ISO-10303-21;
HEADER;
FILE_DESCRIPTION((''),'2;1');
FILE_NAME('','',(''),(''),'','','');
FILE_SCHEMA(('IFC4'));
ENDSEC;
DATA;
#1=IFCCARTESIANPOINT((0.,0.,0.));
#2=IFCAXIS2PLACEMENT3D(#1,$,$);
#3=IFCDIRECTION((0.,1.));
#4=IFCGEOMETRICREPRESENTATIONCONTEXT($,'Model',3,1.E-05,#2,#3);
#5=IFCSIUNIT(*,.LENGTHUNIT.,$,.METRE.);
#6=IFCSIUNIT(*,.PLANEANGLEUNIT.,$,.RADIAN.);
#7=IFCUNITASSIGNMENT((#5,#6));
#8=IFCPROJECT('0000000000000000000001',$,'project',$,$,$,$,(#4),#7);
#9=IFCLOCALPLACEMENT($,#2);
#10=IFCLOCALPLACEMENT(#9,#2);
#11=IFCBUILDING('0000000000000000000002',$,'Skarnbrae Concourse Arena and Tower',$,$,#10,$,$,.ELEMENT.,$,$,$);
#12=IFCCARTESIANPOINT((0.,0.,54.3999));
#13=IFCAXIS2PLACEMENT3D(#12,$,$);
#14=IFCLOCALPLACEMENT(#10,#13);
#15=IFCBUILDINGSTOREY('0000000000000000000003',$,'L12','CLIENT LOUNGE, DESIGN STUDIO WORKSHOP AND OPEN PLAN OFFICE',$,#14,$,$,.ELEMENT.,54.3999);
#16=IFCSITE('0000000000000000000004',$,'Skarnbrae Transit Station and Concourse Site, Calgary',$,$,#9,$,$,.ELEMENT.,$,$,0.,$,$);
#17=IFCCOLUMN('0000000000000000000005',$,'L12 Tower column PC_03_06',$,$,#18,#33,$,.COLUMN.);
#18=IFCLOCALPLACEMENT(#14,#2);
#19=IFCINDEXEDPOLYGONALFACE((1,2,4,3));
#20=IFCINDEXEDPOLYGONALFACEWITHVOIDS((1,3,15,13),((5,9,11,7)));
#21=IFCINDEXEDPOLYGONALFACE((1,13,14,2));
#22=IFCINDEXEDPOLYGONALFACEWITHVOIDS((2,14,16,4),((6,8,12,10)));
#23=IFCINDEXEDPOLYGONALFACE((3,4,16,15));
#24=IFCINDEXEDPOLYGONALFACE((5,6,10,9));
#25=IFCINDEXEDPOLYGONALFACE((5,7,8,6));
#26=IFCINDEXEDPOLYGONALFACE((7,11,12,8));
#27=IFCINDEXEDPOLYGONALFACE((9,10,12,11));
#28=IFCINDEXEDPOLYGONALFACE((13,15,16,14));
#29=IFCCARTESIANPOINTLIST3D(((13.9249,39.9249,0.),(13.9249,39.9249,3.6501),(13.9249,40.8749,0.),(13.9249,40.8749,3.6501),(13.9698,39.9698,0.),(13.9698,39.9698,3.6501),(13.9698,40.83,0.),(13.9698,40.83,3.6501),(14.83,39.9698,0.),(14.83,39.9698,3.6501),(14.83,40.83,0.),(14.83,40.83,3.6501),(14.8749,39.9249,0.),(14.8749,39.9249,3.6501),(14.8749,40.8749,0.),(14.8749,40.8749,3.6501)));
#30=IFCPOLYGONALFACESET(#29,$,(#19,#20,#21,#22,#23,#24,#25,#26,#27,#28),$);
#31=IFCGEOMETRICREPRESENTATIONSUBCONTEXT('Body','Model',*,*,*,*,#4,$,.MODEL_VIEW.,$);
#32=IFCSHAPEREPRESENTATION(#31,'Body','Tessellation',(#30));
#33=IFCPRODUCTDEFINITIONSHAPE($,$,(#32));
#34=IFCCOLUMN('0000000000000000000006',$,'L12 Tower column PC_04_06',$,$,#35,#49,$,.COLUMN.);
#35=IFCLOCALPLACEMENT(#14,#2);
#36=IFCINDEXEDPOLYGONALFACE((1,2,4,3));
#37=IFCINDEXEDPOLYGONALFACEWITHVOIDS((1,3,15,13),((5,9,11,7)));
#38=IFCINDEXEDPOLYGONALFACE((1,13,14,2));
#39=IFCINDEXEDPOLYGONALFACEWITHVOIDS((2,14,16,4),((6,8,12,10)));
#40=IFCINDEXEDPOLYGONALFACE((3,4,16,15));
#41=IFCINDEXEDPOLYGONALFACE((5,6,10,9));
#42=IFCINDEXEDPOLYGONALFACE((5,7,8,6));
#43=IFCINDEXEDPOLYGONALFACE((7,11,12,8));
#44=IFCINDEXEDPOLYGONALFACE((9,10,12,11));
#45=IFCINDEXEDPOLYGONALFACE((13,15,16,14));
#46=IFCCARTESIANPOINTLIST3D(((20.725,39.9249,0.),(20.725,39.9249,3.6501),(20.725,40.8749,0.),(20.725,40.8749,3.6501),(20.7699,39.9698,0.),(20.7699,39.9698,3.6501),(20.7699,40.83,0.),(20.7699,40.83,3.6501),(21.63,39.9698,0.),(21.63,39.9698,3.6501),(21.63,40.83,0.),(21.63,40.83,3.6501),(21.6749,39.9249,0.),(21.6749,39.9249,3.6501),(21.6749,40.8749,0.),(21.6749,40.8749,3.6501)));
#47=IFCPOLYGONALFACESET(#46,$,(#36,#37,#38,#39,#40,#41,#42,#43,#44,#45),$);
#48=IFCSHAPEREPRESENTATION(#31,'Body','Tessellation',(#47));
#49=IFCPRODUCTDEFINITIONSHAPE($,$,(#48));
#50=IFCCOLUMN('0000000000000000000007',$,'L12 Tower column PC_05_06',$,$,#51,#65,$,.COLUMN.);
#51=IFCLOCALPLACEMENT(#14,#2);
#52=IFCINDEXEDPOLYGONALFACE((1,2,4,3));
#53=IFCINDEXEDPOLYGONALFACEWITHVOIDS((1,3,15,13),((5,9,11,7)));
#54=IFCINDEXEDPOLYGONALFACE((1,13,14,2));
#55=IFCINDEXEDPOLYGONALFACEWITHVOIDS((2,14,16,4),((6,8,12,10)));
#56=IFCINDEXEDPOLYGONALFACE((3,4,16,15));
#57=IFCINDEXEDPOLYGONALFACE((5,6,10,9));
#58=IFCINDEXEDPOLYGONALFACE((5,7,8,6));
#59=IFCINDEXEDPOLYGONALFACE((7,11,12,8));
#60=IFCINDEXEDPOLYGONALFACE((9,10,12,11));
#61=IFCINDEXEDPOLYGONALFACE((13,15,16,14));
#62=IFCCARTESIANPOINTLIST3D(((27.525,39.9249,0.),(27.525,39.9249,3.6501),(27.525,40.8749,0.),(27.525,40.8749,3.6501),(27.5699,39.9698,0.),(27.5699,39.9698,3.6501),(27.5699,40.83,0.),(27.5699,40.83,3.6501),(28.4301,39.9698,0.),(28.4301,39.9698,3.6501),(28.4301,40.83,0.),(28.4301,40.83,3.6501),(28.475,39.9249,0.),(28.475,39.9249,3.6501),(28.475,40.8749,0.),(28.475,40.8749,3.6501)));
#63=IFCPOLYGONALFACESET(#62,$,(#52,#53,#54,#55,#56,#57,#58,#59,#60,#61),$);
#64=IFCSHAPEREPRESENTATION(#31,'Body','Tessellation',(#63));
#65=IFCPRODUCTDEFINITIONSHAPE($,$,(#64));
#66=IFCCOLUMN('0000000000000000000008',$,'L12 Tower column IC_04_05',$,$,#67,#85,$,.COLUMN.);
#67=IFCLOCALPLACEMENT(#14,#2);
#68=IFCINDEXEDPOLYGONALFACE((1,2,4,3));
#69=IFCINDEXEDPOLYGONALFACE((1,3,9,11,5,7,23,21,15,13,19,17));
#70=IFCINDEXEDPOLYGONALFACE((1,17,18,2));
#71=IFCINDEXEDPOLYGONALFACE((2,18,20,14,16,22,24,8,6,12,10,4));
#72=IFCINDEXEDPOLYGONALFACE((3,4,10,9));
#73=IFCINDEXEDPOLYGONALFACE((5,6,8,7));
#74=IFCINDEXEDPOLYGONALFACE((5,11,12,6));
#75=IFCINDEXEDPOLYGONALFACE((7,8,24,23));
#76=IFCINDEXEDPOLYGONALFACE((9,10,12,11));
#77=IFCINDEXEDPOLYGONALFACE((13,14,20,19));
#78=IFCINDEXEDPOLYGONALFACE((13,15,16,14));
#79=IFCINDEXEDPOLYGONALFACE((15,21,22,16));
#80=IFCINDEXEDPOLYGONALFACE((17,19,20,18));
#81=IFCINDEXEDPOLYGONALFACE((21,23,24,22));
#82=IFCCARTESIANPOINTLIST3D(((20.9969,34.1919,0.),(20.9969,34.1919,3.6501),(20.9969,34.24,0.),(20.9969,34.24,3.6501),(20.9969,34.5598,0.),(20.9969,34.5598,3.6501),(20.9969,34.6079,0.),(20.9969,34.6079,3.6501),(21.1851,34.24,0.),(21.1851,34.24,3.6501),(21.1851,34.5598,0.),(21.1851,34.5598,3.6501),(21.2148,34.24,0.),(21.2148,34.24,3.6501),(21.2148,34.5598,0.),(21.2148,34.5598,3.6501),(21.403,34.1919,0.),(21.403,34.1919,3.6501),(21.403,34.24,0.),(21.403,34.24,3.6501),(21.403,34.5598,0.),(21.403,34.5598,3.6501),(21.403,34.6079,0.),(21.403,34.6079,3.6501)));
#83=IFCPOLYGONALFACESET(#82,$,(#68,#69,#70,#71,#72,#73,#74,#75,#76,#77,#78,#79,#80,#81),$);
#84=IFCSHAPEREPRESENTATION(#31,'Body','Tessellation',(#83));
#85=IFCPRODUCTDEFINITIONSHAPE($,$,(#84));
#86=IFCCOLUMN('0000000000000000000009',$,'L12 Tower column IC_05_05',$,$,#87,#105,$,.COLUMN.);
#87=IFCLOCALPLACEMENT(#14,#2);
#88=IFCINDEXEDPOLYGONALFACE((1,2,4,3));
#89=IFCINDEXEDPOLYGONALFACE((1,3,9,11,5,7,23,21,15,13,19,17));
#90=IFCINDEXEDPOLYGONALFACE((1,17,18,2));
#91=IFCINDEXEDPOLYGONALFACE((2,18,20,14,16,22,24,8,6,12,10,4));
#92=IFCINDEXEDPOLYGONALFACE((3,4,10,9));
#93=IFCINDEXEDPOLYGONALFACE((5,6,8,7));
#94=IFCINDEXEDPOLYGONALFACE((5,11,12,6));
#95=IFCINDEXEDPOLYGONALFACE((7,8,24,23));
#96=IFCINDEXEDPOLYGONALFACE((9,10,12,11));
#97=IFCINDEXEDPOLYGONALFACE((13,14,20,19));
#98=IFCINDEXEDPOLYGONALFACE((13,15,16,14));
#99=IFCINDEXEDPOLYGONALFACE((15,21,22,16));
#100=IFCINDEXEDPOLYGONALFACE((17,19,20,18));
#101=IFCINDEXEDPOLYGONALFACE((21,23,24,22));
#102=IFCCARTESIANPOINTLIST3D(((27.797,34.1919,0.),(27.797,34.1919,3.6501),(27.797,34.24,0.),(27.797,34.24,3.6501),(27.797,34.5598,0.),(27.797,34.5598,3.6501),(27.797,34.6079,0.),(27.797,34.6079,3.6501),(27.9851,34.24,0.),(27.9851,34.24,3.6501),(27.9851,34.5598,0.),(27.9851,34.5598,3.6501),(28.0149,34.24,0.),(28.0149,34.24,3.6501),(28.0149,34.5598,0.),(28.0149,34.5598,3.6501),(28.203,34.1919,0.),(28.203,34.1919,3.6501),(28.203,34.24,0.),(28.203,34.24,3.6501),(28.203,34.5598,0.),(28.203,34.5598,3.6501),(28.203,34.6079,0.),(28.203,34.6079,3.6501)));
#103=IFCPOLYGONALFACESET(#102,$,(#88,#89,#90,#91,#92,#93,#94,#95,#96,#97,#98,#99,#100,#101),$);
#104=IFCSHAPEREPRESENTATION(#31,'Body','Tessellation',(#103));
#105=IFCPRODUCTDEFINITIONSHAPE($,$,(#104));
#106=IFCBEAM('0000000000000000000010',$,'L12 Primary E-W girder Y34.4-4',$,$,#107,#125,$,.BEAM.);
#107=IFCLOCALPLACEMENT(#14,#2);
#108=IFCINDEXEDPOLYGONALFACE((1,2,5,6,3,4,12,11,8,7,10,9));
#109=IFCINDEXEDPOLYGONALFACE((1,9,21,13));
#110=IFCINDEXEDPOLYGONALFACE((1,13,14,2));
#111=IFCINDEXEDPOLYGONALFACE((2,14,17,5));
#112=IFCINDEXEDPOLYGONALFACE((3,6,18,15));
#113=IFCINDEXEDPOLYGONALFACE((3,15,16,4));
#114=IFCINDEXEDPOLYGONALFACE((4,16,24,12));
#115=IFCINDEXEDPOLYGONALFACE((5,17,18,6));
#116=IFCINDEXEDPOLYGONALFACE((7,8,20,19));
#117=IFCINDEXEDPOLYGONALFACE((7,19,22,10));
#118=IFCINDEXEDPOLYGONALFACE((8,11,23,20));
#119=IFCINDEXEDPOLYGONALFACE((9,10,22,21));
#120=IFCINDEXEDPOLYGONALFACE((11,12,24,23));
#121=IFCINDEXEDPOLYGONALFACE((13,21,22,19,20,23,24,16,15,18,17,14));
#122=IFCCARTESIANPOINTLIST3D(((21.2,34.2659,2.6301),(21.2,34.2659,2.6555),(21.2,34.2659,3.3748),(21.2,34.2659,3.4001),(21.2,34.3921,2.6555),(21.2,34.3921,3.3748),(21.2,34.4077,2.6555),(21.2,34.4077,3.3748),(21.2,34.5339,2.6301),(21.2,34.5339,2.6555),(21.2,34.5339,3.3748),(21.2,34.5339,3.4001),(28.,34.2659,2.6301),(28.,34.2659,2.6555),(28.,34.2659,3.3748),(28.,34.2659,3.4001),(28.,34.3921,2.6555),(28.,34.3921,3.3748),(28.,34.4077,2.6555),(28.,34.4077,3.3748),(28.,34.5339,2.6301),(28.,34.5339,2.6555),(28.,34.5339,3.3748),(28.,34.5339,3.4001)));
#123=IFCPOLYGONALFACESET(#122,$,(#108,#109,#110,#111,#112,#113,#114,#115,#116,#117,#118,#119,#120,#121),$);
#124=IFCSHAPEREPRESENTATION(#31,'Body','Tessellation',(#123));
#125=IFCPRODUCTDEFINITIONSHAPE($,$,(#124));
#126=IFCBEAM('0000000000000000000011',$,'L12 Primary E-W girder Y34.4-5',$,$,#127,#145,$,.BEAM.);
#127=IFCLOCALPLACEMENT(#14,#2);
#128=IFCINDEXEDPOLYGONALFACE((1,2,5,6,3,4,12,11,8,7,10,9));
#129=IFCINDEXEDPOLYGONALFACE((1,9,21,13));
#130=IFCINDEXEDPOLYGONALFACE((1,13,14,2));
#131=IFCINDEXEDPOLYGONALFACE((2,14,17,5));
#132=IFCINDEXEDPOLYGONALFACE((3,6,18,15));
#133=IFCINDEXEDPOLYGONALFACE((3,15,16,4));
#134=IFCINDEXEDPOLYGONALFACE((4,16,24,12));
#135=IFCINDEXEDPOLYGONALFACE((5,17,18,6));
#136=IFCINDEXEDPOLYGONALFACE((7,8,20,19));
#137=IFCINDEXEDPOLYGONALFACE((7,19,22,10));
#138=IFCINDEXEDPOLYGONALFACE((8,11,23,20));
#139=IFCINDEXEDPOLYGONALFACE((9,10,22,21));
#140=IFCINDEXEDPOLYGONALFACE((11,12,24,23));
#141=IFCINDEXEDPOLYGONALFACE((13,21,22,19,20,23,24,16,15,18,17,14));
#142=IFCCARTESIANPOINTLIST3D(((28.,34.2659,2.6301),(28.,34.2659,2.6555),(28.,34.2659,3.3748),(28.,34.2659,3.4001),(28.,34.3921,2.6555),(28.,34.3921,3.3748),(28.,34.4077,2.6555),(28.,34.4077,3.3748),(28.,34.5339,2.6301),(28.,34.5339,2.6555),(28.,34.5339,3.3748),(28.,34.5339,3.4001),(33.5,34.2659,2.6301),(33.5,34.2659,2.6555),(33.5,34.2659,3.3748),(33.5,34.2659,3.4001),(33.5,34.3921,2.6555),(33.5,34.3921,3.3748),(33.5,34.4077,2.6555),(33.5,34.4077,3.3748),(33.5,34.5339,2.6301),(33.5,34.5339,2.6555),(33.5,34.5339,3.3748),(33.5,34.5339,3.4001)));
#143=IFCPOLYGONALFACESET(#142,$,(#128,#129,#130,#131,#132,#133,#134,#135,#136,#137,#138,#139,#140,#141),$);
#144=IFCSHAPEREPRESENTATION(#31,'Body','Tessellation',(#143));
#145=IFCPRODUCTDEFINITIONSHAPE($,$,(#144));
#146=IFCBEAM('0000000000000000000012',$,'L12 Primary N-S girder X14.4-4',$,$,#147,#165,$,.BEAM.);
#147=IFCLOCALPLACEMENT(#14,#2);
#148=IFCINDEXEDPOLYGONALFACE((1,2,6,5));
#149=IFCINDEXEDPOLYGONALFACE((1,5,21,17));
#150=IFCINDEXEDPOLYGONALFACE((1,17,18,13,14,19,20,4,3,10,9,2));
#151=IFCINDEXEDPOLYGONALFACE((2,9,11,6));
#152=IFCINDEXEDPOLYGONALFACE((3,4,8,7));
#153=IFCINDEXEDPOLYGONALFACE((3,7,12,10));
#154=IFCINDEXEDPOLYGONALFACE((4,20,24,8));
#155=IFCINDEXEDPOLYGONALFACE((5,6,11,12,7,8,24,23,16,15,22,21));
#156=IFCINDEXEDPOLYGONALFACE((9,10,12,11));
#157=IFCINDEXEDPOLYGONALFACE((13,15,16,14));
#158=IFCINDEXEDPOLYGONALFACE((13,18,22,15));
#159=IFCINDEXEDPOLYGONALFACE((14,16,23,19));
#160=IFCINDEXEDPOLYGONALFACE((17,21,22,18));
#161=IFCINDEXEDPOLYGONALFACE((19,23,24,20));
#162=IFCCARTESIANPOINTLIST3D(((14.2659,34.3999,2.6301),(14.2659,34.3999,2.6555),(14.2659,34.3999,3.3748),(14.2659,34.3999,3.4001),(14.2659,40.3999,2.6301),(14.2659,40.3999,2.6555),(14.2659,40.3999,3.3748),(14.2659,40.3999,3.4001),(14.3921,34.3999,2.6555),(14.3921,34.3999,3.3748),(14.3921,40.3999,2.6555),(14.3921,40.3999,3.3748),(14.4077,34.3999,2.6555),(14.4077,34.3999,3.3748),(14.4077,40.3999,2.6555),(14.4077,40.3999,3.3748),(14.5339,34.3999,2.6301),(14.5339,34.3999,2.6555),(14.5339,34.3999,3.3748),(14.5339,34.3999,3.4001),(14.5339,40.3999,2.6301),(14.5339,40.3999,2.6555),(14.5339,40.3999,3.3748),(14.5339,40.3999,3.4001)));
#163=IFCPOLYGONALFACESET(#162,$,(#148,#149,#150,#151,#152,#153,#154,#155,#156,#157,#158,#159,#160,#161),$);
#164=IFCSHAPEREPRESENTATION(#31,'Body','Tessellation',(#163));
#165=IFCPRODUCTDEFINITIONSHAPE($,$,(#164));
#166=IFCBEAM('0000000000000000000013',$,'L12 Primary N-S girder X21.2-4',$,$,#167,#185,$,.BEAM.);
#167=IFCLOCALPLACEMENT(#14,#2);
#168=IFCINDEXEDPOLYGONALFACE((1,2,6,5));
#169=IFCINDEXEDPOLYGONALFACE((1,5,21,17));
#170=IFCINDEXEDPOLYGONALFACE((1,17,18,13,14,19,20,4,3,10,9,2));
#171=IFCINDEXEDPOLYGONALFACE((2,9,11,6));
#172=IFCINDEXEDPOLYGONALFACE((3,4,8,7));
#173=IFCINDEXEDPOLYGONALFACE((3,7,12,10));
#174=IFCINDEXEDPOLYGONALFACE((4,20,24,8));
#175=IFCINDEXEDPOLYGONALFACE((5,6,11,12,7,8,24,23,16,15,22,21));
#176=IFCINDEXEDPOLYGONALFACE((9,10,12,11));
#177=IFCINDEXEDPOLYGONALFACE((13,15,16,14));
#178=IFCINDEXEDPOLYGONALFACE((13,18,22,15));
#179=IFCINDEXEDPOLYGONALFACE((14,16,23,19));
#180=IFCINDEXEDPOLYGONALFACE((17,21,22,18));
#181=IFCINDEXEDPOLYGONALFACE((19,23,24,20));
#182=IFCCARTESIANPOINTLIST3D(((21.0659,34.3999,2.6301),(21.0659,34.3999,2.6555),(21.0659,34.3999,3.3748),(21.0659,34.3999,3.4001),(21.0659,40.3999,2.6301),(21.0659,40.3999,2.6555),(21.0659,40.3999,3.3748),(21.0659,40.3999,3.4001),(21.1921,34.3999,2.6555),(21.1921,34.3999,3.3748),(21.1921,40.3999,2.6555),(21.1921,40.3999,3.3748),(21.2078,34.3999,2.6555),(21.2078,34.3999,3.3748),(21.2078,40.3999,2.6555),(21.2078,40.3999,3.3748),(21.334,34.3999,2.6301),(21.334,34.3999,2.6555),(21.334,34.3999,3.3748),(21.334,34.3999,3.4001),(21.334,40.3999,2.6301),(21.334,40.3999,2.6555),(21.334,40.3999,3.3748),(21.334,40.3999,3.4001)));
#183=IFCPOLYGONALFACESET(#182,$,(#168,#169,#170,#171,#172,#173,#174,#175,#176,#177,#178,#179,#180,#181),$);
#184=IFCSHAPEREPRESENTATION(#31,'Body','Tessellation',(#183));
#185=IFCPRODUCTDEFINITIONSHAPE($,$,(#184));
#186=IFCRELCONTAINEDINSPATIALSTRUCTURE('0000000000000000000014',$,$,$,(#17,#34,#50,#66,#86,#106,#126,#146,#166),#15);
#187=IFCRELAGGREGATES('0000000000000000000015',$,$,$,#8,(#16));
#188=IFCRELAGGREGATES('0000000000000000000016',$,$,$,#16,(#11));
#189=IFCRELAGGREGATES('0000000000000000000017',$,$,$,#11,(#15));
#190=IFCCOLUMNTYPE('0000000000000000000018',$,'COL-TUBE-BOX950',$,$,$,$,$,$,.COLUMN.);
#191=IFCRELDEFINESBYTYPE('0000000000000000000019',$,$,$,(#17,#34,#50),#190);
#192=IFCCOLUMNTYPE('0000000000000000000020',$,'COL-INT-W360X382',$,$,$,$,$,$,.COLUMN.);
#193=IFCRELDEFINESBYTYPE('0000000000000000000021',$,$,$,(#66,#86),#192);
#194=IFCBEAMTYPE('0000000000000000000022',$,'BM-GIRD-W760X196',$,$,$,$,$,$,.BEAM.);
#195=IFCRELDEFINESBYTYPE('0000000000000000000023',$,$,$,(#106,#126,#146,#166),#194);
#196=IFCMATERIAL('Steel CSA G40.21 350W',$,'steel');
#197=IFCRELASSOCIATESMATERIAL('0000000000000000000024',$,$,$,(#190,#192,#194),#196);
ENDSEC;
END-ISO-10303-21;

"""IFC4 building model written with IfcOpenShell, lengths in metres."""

from ifc_helpers import new_model, si_unit, direction, frame, origin, origin_2d, place, context, subcontext, project, spatial, hollow_rectangle, i_section, extrude, source, transform, mapped, material, material_profile, profile_set, type_object, element, save


model = new_model("IFC4")

# Units and contexts
model_context = context("Model", 3, precision=1e-05, world=origin(), true_north=direction((0.0, 1.0)))
body_context = subcontext(model_context, "Body", "Model", "MODEL_VIEW")
ifc_project = project(units=[si_unit("LENGTHUNIT", "METRE"), si_unit("PLANEANGLEUNIT", "RADIAN")], contexts=[model_context])

# Site, building, storey
site_placement = place(None, origin())
site = spatial("IfcSite", under=ifc_project, at=site_placement, Name="Skarnbrae Transit Station and Concourse Site, Calgary", CompositionType="ELEMENT", RefElevation=0.0)
building_placement = place(site_placement, origin())
building = spatial("IfcBuilding", under=site, at=building_placement, Name="Skarnbrae Concourse Arena and Tower", CompositionType="ELEMENT")
storey_placement = place(building_placement, frame((0.0, 0.0, 54.3999)))
storey = spatial("IfcBuildingStorey", under=building, at=storey_placement, Name="L12", Description="CLIENT LOUNGE, DESIGN STUDIO WORKSHOP AND OPEN PLAN OFFICE", CompositionType="ELEMENT", Elevation=54.3999)

# Columns
ifc_material_1 = material(Name="Steel CSA G40.21 350W", Category="steel")
ifc_material_profile_1 = material_profile(ifc_material_1, hollow_rectangle(XDim=0.95, YDim=0.95, WallThickness=0.0449, at=origin_2d()), Name="BOX950X950X45")
ifc_profile_set_1 = profile_set([ifc_material_profile_1], Name="Steel CSA G40.21 350W")
column_type_1 = type_object("IfcColumnType", Name="COL-TUBE-BOX950", PredefinedType="COLUMN", material=ifc_profile_set_1)
shared_shape_1 = source(origin(), body_context, "Body", "SweptSolid", [
    extrude(hollow_rectangle(XDim=0.95, YDim=0.95, WallThickness=0.0449, at=origin_2d()), origin(), (0.0, 0.0, 1.0), 3.6501),
])
for number, where, z_axis, x_axis, name in (
    (1, (14.3999, 40.3999, 0.0), (0.0, 0.0, 1.0), (1.0, 0.0, 0.0), "L12 Tower column PC_03_06"),
    (2, (21.2, 40.3999, 0.0), (0.0, 0.0, 1.0), (1.0, 0.0, 0.0), "L12 Tower column PC_04_06"),
    (3, (28.0, 40.3999, 0.0), (0.0, 0.0, 1.0), (1.0, 0.0, 0.0), "L12 Tower column PC_05_06"),
):
    element("IfcColumn", number, at=place(storey_placement, frame(where, z_axis=z_axis, x_axis=x_axis)), inside=storey, type_object=column_type_1, Name=name, PredefinedType="COLUMN", context=body_context, shape_type="MappedRepresentation", body=[
        mapped(shared_shape_1, transform((0.0, 0.0, 0.0))),
    ])
ifc_material_profile_2 = material_profile(ifc_material_1, i_section(OverallWidth=0.406, OverallDepth=0.416, WebThickness=0.0298, FlangeThickness=0.0481, at=origin_2d()), Name="W360X382")
ifc_profile_set_2 = profile_set([ifc_material_profile_2], Name="Steel CSA G40.21 350W")
column_type_2 = type_object("IfcColumnType", Name="COL-INT-W360X382", PredefinedType="COLUMN", material=ifc_profile_set_2)
shared_shape_2 = source(origin(), body_context, "Body", "SweptSolid", [
    extrude(i_section(OverallWidth=0.406, OverallDepth=0.416, WebThickness=0.0298, FlangeThickness=0.0481, at=origin_2d()), origin(), (0.0, 0.0, 1.0), 3.6501),
])
for number, where, z_axis, x_axis, name in (
    (4, (21.2, 34.3999, 0.0), (0.0, 0.0, 1.0), (1.0, 0.0, 0.0), "L12 Tower column IC_04_05"),
    (5, (28.0, 34.3999, 0.0), (0.0, 0.0, 1.0), (1.0, 0.0, 0.0), "L12 Tower column IC_05_05"),
):
    element("IfcColumn", number, at=place(storey_placement, frame(where, z_axis=z_axis, x_axis=x_axis)), inside=storey, type_object=column_type_2, Name=name, PredefinedType="COLUMN", context=body_context, shape_type="MappedRepresentation", body=[
        mapped(shared_shape_2, transform((0.0, 0.0, 0.0))),
    ])

# Beams
ifc_material_profile_3 = material_profile(ifc_material_1, i_section(OverallWidth=0.2681, OverallDepth=0.77, WebThickness=0.0156, FlangeThickness=0.0254, at=origin_2d()), Name="W760X196")
ifc_profile_set_3 = profile_set([ifc_material_profile_3], Name="Steel CSA G40.21 350W")
beam_type_1 = type_object("IfcBeamType", Name="BM-GIRD-W760X196", PredefinedType="BEAM", material=ifc_profile_set_3)
shared_shape_3 = source(origin(), body_context, "Body", "SweptSolid", [
    extrude(i_section(OverallWidth=0.2681, OverallDepth=0.77, WebThickness=0.0156, FlangeThickness=0.0254, at=origin_2d()), origin(), (0.0, 0.0, 1.0), 6.8),
])
beam_1_placement = place(storey_placement, frame((21.2, 34.3999, 3.0151), z_axis=(1.0, 0.0, 0.0), x_axis=(0.0, 1.0, 0.0)))
element("IfcBeam", 6, at=beam_1_placement, inside=storey, type_object=beam_type_1, Name="L12 Primary E-W girder Y34.4-4", PredefinedType="BEAM", context=body_context, shape_type="MappedRepresentation", body=[
    mapped(shared_shape_3, transform((0.0, 0.0, 0.0))),
])
shared_shape_4 = source(origin(), body_context, "Body", "SweptSolid", [
    extrude(i_section(OverallWidth=0.2681, OverallDepth=0.77, WebThickness=0.0156, FlangeThickness=0.0254, at=origin_2d()), origin(), (0.0, 0.0, 1.0), 5.5),
])
beam_2_placement = place(storey_placement, frame((28.0, 34.3999, 3.0151), z_axis=(1.0, 0.0, 0.0), x_axis=(0.0, 1.0, 0.0)))
element("IfcBeam", 7, at=beam_2_placement, inside=storey, type_object=beam_type_1, Name="L12 Primary E-W girder Y34.4-5", PredefinedType="BEAM", context=body_context, shape_type="MappedRepresentation", body=[
    mapped(shared_shape_4, transform((0.0, 0.0, 0.0))),
])
shared_shape_5 = source(origin(), body_context, "Body", "SweptSolid", [
    extrude(i_section(OverallWidth=0.2681, OverallDepth=0.77, WebThickness=0.0156, FlangeThickness=0.0254, at=origin_2d()), origin(), (0.0, 0.0, 1.0), 6.0),
])
for number, where, z_axis, x_axis, name in (
    (8, (14.3999, 34.3999, 3.0151), (0.0, 1.0, 0.0), (-1.0, 0.0, 0.0), "L12 Primary N-S girder X14.4-4"),
    (9, (21.2, 34.3999, 3.0151), (0.0, 1.0, 0.0), (-1.0, 0.0, 0.0), "L12 Primary N-S girder X21.2-4"),
):
    element("IfcBeam", number, at=place(storey_placement, frame(where, z_axis=z_axis, x_axis=x_axis)), inside=storey, type_object=beam_type_1, Name=name, PredefinedType="BEAM", context=body_context, shape_type="MappedRepresentation", body=[
        mapped(shared_shape_5, transform((0.0, 0.0, 0.0))),
    ])

save(model, "model.ifc")
